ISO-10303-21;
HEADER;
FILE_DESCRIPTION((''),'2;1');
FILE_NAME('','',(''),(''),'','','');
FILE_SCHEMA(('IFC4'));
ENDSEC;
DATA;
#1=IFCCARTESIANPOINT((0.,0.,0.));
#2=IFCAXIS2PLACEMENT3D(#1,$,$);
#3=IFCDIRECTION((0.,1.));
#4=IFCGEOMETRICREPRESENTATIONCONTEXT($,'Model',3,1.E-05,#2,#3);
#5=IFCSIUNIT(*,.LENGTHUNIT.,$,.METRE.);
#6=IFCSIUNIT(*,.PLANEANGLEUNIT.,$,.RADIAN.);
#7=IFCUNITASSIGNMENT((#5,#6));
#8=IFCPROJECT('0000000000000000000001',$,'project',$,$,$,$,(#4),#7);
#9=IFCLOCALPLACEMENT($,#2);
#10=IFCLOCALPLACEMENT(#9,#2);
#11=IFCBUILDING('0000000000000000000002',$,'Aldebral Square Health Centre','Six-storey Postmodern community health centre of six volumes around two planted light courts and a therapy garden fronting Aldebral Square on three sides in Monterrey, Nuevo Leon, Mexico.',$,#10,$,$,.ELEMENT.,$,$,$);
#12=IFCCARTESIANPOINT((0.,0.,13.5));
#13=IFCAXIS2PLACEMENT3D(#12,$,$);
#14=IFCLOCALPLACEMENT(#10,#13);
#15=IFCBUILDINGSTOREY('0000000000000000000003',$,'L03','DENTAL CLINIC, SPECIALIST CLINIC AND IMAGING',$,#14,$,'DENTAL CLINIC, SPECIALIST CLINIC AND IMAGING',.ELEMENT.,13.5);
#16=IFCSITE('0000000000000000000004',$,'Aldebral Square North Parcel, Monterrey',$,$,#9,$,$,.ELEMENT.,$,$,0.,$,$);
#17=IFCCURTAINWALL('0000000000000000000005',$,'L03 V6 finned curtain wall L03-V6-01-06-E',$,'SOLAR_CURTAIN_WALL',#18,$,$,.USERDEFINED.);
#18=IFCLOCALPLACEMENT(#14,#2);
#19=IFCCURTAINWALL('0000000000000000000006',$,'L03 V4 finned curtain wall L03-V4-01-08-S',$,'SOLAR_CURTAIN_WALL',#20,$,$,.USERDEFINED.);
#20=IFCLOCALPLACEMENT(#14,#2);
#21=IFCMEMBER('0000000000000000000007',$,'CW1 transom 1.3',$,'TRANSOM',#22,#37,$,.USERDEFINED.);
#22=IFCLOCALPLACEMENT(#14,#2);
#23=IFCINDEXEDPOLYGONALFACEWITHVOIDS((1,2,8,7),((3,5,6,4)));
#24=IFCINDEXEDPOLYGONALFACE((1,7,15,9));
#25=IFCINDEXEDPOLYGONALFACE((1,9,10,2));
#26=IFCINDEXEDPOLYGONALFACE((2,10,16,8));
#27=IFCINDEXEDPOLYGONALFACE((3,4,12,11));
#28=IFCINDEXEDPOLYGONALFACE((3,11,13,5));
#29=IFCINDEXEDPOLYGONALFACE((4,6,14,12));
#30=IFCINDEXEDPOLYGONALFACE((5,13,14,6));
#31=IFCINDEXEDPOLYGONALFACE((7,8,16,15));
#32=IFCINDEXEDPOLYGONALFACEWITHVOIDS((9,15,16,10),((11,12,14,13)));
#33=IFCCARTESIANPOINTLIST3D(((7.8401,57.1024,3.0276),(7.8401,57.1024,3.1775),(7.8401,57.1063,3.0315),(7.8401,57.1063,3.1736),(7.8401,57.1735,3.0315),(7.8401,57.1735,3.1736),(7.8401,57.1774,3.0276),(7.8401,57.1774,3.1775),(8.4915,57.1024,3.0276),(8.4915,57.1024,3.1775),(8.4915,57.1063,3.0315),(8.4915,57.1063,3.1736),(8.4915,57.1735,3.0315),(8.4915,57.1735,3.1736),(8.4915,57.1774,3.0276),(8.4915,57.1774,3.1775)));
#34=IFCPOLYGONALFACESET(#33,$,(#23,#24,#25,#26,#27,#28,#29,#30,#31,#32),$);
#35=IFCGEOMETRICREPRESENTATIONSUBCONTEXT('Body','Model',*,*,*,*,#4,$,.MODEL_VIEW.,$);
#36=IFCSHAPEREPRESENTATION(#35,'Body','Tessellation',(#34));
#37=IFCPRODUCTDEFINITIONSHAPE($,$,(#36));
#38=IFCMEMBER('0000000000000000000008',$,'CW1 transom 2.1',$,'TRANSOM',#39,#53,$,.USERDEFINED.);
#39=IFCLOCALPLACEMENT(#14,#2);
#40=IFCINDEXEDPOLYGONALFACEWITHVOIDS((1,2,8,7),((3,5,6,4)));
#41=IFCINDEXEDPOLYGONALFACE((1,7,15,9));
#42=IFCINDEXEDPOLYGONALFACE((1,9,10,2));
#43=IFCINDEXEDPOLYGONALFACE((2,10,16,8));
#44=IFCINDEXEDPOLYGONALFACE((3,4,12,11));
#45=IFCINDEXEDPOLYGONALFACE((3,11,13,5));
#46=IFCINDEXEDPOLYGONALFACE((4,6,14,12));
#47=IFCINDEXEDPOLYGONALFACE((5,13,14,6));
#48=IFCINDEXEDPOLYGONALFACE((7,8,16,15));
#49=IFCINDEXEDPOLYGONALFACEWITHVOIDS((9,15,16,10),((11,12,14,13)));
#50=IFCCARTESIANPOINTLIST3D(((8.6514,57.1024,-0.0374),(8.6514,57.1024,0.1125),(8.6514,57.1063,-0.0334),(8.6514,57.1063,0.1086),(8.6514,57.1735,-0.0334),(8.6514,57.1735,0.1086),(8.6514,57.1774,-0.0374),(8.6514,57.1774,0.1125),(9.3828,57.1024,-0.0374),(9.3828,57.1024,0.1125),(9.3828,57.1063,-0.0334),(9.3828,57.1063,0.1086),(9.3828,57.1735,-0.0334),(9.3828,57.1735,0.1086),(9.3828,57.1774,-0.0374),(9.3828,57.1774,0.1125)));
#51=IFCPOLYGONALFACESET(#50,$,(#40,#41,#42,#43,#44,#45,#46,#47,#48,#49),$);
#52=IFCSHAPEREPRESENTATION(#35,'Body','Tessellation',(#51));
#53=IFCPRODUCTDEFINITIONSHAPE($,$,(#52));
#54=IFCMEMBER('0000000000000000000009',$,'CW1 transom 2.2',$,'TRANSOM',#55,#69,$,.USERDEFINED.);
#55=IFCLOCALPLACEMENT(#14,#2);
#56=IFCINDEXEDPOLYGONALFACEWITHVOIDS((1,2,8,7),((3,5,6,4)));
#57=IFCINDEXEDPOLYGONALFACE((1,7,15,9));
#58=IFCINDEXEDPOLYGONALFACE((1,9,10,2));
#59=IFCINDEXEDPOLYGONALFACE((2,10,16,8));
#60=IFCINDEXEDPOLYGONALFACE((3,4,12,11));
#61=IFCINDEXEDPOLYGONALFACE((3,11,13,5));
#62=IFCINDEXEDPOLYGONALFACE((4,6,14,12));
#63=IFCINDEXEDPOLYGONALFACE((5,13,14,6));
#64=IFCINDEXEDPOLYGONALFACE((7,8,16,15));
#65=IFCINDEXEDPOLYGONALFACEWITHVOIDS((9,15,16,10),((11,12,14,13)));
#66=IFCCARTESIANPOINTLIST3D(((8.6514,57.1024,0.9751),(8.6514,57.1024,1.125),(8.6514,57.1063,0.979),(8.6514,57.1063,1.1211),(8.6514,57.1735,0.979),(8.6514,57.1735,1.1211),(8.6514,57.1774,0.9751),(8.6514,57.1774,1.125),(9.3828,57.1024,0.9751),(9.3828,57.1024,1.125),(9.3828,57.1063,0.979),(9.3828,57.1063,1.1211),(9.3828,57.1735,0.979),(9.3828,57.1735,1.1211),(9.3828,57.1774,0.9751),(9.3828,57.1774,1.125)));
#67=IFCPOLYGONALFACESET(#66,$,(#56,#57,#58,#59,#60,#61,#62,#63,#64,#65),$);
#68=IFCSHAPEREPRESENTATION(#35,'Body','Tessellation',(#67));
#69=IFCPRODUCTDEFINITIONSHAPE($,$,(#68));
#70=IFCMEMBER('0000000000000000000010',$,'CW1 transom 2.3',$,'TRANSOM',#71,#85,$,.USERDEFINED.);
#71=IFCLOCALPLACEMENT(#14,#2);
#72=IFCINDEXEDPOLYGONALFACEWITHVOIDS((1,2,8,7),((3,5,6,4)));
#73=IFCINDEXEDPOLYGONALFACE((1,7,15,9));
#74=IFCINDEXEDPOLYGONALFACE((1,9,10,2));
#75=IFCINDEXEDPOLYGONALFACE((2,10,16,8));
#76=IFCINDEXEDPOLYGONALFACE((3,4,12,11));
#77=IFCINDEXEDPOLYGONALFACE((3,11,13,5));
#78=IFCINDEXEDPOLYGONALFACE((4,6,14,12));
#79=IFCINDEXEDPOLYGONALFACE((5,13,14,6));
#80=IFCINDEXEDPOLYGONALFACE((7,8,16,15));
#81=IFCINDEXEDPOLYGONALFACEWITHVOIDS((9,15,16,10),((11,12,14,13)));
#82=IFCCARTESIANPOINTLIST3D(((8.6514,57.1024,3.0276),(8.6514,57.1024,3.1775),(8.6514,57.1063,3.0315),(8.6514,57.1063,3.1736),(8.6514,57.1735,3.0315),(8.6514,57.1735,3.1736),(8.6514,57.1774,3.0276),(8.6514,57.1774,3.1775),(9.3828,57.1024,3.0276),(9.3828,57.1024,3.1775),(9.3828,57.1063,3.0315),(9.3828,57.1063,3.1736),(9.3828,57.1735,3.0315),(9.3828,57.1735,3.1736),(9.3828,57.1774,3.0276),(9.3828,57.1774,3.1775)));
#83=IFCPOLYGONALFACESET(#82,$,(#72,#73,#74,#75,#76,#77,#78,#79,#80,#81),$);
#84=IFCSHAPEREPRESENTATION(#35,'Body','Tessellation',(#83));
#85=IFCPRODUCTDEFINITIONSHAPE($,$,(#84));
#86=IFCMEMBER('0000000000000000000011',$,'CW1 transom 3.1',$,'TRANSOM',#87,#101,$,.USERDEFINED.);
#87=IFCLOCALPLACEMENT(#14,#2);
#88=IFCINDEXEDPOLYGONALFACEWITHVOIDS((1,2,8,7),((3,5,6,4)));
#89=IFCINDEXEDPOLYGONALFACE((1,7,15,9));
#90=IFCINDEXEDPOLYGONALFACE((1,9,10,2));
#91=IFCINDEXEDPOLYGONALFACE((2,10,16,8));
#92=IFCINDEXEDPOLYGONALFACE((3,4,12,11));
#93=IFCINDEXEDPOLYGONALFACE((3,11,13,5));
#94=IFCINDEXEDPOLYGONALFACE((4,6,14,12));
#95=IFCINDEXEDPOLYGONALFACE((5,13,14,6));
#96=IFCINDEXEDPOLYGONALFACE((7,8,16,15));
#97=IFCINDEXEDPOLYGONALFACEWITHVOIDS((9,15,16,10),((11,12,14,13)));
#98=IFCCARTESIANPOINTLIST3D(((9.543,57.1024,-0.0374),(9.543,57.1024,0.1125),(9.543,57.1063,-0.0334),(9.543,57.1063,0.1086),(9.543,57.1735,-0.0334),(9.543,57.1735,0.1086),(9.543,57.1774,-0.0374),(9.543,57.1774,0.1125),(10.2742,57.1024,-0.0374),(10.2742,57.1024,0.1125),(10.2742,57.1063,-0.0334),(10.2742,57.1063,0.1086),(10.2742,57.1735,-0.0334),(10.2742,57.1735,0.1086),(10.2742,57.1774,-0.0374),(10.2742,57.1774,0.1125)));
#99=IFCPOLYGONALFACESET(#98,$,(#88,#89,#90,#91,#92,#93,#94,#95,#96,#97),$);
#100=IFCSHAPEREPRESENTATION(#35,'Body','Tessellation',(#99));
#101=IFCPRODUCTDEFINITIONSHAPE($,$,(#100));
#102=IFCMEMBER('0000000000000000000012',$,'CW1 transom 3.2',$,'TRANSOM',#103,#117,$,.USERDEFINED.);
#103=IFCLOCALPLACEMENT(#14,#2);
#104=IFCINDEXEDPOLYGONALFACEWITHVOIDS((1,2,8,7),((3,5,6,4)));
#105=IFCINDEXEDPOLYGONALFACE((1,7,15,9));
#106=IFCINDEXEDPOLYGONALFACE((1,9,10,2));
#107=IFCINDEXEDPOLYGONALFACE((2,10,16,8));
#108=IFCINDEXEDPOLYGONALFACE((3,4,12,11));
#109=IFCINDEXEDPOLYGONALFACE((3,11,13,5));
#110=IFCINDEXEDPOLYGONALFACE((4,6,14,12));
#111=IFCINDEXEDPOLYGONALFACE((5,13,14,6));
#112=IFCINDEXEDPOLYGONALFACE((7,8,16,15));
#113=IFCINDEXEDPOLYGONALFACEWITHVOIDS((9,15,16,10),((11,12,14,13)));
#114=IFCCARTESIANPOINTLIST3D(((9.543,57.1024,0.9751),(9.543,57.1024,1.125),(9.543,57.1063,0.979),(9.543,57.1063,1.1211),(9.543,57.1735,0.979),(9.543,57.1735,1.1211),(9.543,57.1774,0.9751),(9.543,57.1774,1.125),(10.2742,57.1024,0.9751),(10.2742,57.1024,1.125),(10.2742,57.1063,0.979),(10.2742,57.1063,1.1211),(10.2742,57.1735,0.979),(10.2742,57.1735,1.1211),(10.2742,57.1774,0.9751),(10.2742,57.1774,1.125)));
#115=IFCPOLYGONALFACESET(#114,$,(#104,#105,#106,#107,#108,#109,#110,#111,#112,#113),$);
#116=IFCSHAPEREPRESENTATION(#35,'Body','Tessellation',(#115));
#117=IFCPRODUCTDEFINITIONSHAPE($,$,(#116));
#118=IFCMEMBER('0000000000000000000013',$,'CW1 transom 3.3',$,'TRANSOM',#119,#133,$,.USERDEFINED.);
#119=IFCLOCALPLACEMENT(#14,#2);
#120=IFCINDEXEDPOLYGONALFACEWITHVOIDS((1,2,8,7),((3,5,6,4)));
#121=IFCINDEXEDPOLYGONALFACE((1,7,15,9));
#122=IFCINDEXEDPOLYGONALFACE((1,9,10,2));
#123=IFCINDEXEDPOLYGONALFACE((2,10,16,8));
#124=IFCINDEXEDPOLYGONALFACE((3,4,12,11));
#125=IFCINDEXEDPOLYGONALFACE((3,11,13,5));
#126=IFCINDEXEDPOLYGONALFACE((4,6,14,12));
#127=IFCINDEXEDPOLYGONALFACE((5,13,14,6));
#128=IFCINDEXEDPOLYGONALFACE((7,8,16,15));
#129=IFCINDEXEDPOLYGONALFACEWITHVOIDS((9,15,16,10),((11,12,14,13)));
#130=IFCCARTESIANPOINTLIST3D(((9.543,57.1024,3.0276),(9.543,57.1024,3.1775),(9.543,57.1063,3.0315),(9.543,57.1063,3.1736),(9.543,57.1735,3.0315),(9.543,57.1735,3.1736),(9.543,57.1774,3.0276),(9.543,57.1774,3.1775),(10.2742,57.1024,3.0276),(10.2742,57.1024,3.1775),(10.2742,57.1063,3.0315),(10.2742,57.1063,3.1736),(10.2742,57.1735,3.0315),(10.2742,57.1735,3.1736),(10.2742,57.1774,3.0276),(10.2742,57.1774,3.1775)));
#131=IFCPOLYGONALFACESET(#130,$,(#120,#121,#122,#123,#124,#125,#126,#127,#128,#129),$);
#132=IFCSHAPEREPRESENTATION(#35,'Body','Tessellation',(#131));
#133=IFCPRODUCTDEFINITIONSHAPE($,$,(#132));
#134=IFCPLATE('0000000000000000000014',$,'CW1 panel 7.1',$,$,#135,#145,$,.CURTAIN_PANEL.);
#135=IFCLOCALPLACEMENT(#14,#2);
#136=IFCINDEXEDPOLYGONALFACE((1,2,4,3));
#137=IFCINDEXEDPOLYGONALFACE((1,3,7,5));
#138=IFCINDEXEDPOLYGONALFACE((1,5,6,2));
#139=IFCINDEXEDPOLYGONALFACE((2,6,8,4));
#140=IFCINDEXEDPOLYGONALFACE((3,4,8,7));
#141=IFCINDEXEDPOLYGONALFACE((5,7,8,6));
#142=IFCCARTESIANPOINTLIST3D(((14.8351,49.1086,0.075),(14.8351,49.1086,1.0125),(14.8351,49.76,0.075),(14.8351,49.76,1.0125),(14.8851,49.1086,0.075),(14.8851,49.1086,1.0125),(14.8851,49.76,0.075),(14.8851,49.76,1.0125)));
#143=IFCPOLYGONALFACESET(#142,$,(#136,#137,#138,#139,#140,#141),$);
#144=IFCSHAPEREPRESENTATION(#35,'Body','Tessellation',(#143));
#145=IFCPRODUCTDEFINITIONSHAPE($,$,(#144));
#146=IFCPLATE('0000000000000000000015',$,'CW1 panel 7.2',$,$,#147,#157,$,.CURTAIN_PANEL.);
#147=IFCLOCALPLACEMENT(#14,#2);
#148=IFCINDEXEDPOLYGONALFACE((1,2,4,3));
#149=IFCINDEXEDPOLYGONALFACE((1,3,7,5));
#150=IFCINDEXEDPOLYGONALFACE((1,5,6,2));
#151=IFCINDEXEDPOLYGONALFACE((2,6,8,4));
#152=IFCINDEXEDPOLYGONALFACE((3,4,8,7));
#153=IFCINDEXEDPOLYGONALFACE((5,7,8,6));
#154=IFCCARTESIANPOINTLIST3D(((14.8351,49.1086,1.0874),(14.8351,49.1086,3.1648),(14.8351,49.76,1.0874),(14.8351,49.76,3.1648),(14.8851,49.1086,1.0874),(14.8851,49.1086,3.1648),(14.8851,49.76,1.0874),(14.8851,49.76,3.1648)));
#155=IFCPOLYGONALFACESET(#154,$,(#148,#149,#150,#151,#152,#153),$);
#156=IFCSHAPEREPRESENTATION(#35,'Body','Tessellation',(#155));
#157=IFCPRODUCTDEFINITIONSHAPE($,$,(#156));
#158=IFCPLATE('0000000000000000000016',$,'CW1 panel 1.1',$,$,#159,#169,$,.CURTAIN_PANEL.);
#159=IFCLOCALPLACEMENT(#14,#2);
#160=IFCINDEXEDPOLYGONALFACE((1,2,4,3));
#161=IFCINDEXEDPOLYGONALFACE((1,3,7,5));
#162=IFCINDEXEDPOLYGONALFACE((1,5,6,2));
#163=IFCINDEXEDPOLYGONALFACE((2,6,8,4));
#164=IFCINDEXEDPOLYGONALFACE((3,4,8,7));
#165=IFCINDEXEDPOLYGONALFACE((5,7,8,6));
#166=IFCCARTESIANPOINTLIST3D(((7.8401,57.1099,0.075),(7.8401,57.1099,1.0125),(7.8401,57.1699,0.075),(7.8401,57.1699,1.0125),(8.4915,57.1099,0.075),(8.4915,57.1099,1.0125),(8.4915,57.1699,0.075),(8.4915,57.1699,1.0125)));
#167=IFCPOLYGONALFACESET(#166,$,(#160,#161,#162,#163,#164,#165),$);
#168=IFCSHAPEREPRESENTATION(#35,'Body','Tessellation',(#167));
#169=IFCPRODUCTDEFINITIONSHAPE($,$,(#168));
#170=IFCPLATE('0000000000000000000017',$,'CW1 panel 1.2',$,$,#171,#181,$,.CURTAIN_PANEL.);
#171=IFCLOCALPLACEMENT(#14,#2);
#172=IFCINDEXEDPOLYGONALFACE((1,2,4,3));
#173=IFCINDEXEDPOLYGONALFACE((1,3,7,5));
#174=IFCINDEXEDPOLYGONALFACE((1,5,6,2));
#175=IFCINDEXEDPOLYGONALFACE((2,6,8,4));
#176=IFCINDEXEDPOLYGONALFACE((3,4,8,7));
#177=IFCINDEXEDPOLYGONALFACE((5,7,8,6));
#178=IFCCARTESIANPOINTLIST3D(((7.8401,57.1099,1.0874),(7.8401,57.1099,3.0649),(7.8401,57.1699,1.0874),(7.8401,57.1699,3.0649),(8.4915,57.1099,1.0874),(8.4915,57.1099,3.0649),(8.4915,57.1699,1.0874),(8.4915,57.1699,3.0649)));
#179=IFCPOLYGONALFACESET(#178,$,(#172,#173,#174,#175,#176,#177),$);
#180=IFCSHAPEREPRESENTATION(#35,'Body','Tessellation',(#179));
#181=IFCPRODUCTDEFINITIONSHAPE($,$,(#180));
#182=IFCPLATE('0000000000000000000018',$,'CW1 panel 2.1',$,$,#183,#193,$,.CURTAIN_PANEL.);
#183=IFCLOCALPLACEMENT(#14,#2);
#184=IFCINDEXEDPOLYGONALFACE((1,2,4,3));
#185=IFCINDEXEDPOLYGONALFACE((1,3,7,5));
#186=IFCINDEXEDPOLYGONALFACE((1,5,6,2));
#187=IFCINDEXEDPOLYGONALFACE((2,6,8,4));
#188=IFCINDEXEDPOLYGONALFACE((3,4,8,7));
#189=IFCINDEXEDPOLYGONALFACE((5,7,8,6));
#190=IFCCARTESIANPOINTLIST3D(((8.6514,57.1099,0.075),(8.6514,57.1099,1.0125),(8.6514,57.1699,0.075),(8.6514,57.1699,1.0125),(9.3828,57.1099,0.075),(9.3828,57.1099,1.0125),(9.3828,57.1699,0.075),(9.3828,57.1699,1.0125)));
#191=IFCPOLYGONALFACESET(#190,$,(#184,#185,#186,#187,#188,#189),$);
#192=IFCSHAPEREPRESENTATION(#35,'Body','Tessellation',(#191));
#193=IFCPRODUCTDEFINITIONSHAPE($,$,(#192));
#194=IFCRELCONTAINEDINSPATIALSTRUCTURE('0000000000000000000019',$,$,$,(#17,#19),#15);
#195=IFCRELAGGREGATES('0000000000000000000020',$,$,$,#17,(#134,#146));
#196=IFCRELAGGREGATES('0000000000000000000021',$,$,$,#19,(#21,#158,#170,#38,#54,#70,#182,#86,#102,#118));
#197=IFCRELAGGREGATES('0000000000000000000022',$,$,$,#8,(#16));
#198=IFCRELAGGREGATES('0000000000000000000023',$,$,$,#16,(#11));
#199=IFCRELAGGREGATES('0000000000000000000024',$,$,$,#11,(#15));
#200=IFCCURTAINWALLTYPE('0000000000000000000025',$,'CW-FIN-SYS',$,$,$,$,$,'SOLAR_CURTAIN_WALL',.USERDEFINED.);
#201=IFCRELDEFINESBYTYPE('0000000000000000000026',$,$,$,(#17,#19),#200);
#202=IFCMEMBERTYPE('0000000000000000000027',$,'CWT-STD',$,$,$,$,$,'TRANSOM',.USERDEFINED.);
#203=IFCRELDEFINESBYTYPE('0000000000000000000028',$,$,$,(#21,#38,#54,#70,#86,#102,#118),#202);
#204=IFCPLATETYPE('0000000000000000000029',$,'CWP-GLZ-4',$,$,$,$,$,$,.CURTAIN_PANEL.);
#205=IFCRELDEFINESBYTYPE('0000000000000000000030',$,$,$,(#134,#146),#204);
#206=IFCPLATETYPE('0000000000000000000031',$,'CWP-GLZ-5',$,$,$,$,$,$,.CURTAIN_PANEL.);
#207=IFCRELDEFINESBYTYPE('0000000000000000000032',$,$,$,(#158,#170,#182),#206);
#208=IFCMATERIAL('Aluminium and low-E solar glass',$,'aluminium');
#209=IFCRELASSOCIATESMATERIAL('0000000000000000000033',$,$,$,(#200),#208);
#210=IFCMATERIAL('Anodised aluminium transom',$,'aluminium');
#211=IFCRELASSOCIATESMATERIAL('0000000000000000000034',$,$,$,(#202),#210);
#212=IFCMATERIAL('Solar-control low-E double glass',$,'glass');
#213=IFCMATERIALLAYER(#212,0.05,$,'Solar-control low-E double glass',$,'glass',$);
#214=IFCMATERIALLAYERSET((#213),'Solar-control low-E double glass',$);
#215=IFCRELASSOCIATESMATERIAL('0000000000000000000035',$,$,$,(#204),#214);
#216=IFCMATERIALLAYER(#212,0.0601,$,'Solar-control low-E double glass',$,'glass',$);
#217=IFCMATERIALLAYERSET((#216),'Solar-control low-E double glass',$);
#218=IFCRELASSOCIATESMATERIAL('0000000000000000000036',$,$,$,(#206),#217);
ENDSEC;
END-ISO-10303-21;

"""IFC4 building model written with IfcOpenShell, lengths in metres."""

from ifc_helpers import new_model, si_unit, direction, frame, origin, origin_2d, place, context, subcontext, project, spatial, rectangle, hollow_rectangle, extrude, material, layer, layer_set, material_profile, profile_set, type_object, element, aggregate, save


model = new_model("IFC4")

# Units and contexts
model_context = context("Model", 3, precision=1e-05, world=origin(), true_north=direction((0.0, 1.0)))
body_context = subcontext(model_context, "Body", "Model", "MODEL_VIEW")
ifc_project = project(units=[si_unit("LENGTHUNIT", "METRE"), si_unit("PLANEANGLEUNIT", "RADIAN")], contexts=[model_context])

# Site, building, storey
site_placement = place(None, origin())
site = spatial("IfcSite", under=ifc_project, at=site_placement, Name="Aldebral Square North Parcel, Monterrey", CompositionType="ELEMENT", RefElevation=0.0)
building_placement = place(site_placement, origin())
building = spatial("IfcBuilding", under=site, at=building_placement, Name="Aldebral Square Health Centre", Description="Six-storey Postmodern community health centre of six volumes around two planted light courts and a therapy garden fronting Aldebral Square on three sides in Monterrey, Nuevo Leon, Mexico.", CompositionType="ELEMENT")
storey_placement = place(building_placement, frame((0.0, 0.0, 13.5)))
storey = spatial("IfcBuildingStorey", under=building, at=storey_placement, Name="L03", Description="DENTAL CLINIC, SPECIALIST CLINIC AND IMAGING", LongName="DENTAL CLINIC, SPECIALIST CLINIC AND IMAGING", CompositionType="ELEMENT", Elevation=13.5)

# Curtain wall
ifc_material_1 = material(Name="Aluminium and low-E solar glass", Category="aluminium")
curtain_wall_type = type_object("IfcCurtainWallType", Name="CW-FIN-SYS", ElementType="SOLAR_CURTAIN_WALL", PredefinedType="USERDEFINED", material=ifc_material_1)
curtain_wall_1_placement = place(storey_placement, origin())
curtain_wall_1 = element("IfcCurtainWall", 1, at=curtain_wall_1_placement, inside=storey, type_object=curtain_wall_type, Name="L03 V6 finned curtain wall L03-V6-01-06-E", ObjectType="SOLAR_CURTAIN_WALL", PredefinedType="USERDEFINED")

# Curtain wall
curtain_wall_2_placement = place(storey_placement, origin())
curtain_wall_2 = element("IfcCurtainWall", 2, at=curtain_wall_2_placement, inside=storey, type_object=curtain_wall_type, Name="L03 V4 finned curtain wall L03-V4-01-08-S", ObjectType="SOLAR_CURTAIN_WALL", PredefinedType="USERDEFINED")

# Members
ifc_material_2 = material(Name="Anodised aluminium transom", Category="aluminium")
ifc_material_profile_1 = material_profile(ifc_material_2, hollow_rectangle(XDim=0.075, YDim=0.1499, WallThickness=0.0039, at=origin_2d()), Name="CWT 75x150x4")
ifc_profile_set_1 = profile_set([ifc_material_profile_1], Name="Anodised aluminium transom")
member_type_1 = type_object("IfcMemberType", Name="CWT-STD", ElementType="TRANSOM", PredefinedType="USERDEFINED", material=ifc_profile_set_1)
member_1_placement = place(storey_placement, frame((7.8401, 57.1399, 3.1025), z_axis=(1.0, 0.0, 0.0), x_axis=(0.0, 1.0, 0.0)))
member_1 = element("IfcMember", 3, at=member_1_placement, type_object=member_type_1, Name="CW1 transom 1.3", ObjectType="TRANSOM", PredefinedType="USERDEFINED", context=body_context, shape_type="SweptSolid", body=[
    extrude(hollow_rectangle(XDim=0.075, YDim=0.1499, WallThickness=0.0039, at=origin_2d()), origin(), (0.0, 0.0, 1.0), 0.6514),
])
member_2_placement = place(storey_placement, frame((8.6514, 57.1399, 0.0376), z_axis=(1.0, 0.0, 0.0), x_axis=(0.0, 1.0, 0.0)))
member_2 = element("IfcMember", 4, at=member_2_placement, type_object=member_type_1, Name="CW1 transom 2.1", ObjectType="TRANSOM", PredefinedType="USERDEFINED", context=body_context, shape_type="SweptSolid", body=[
    extrude(hollow_rectangle(XDim=0.075, YDim=0.1499, WallThickness=0.0039, at=origin_2d()), origin(), (0.0, 0.0, 1.0), 0.7314),
])
member_3_placement = place(storey_placement, frame((8.6514, 57.1399, 1.05), z_axis=(1.0, 0.0, 0.0), x_axis=(0.0, 1.0, 0.0)))
member_3 = element("IfcMember", 5, at=member_3_placement, type_object=member_type_1, Name="CW1 transom 2.2", ObjectType="TRANSOM", PredefinedType="USERDEFINED", context=body_context, shape_type="SweptSolid", body=[
    extrude(hollow_rectangle(XDim=0.075, YDim=0.1499, WallThickness=0.0039, at=origin_2d()), origin(), (0.0, 0.0, 1.0), 0.7314),
])
member_4_placement = place(storey_placement, frame((8.6514, 57.1399, 3.1025), z_axis=(1.0, 0.0, 0.0), x_axis=(0.0, 1.0, 0.0)))
member_4 = element("IfcMember", 6, at=member_4_placement, type_object=member_type_1, Name="CW1 transom 2.3", ObjectType="TRANSOM", PredefinedType="USERDEFINED", context=body_context, shape_type="SweptSolid", body=[
    extrude(hollow_rectangle(XDim=0.075, YDim=0.1499, WallThickness=0.0039, at=origin_2d()), origin(), (0.0, 0.0, 1.0), 0.7314),
])
member_5_placement = place(storey_placement, frame((9.543, 57.1399, 0.0376), z_axis=(1.0, 0.0, 0.0), x_axis=(0.0, 1.0, 0.0)))
member_5 = element("IfcMember", 7, at=member_5_placement, type_object=member_type_1, Name="CW1 transom 3.1", ObjectType="TRANSOM", PredefinedType="USERDEFINED", context=body_context, shape_type="SweptSolid", body=[
    extrude(hollow_rectangle(XDim=0.075, YDim=0.1499, WallThickness=0.0039, at=origin_2d()), origin(), (0.0, 0.0, 1.0), 0.7312),
])
member_6_placement = place(storey_placement, frame((9.543, 57.1399, 1.05), z_axis=(1.0, 0.0, 0.0), x_axis=(0.0, 1.0, 0.0)))
member_6 = element("IfcMember", 8, at=member_6_placement, type_object=member_type_1, Name="CW1 transom 3.2", ObjectType="TRANSOM", PredefinedType="USERDEFINED", context=body_context, shape_type="SweptSolid", body=[
    extrude(hollow_rectangle(XDim=0.075, YDim=0.1499, WallThickness=0.0039, at=origin_2d()), origin(), (0.0, 0.0, 1.0), 0.7312),
])
member_7_placement = place(storey_placement, frame((9.543, 57.1399, 3.1025), z_axis=(1.0, 0.0, 0.0), x_axis=(0.0, 1.0, 0.0)))
member_7 = element("IfcMember", 9, at=member_7_placement, type_object=member_type_1, Name="CW1 transom 3.3", ObjectType="TRANSOM", PredefinedType="USERDEFINED", context=body_context, shape_type="SweptSolid", body=[
    extrude(hollow_rectangle(XDim=0.075, YDim=0.1499, WallThickness=0.0039, at=origin_2d()), origin(), (0.0, 0.0, 1.0), 0.7312),
])

# Plates
ifc_material_3 = material(Name="Solar-control low-E double glass", Category="glass")
ifc_layer_1 = layer(ifc_material_3, 0.05, Name="Solar-control low-E double glass", Category="glass")
ifc_layer_set_1 = layer_set([ifc_layer_1], Name="Solar-control low-E double glass")
plate_type_1 = type_object("IfcPlateType", Name="CWP-GLZ-4", PredefinedType="CURTAIN_PANEL", material=ifc_layer_set_1)
plate_1_placement = place(storey_placement, frame((14.8601, 49.4343, 0.075), z_axis=(0.0, 0.0, 1.0), x_axis=(0.0, 1.0, 0.0)))
plate_1 = element("IfcPlate", 10, at=plate_1_placement, type_object=plate_type_1, Name="CW1 panel 7.1", PredefinedType="CURTAIN_PANEL", context=body_context, shape_type="SweptSolid", body=[
    extrude(rectangle(XDim=0.6514, YDim=0.05, at=origin_2d()), origin(), (0.0, 0.0, 1.0), 0.9375),
])
plate_2_placement = place(storey_placement, frame((14.8601, 49.4343, 1.0874), z_axis=(0.0, 0.0, 1.0), x_axis=(0.0, 1.0, 0.0)))
plate_2 = element("IfcPlate", 11, at=plate_2_placement, type_object=plate_type_1, Name="CW1 panel 7.2", PredefinedType="CURTAIN_PANEL", context=body_context, shape_type="SweptSolid", body=[
    extrude(rectangle(XDim=0.6514, YDim=0.05, at=origin_2d()), origin(), (0.0, 0.0, 1.0), 2.0774),
])
aggregate(curtain_wall_1, [plate_1, plate_2])
ifc_layer_2 = layer(ifc_material_3, 0.0601, Name="Solar-control low-E double glass", Category="glass")
ifc_layer_set_2 = layer_set([ifc_layer_2], Name="Solar-control low-E double glass")
plate_type_2 = type_object("IfcPlateType", Name="CWP-GLZ-5", PredefinedType="CURTAIN_PANEL", material=ifc_layer_set_2)
plate_3_placement = place(storey_placement, frame((8.1658, 57.1399, 0.075), z_axis=(0.0, 0.0, 1.0), x_axis=(1.0, 0.0, 0.0)))
plate_3 = element("IfcPlate", 12, at=plate_3_placement, type_object=plate_type_2, Name="CW1 panel 1.1", PredefinedType="CURTAIN_PANEL", context=body_context, shape_type="SweptSolid", body=[
    extrude(rectangle(XDim=0.6514, YDim=0.0601, at=origin_2d()), origin(), (0.0, 0.0, 1.0), 0.9375),
])
plate_4_placement = place(storey_placement, frame((8.1658, 57.1399, 1.0874), z_axis=(0.0, 0.0, 1.0), x_axis=(1.0, 0.0, 0.0)))
plate_4 = element("IfcPlate", 13, at=plate_4_placement, type_object=plate_type_2, Name="CW1 panel 1.2", PredefinedType="CURTAIN_PANEL", context=body_context, shape_type="SweptSolid", body=[
    extrude(rectangle(XDim=0.6514, YDim=0.0601, at=origin_2d()), origin(), (0.0, 0.0, 1.0), 1.9775),
])
plate_5_placement = place(storey_placement, frame((9.0171, 57.1399, 0.075), z_axis=(0.0, 0.0, 1.0), x_axis=(1.0, 0.0, 0.0)))
plate_5 = element("IfcPlate", 14, at=plate_5_placement, type_object=plate_type_2, Name="CW1 panel 2.1", PredefinedType="CURTAIN_PANEL", context=body_context, shape_type="SweptSolid", body=[
    extrude(rectangle(XDim=0.7314, YDim=0.0601, at=origin_2d()), origin(), (0.0, 0.0, 1.0), 0.9375),
])
aggregate(curtain_wall_2, [member_1, plate_3, plate_4, member_2, member_3, member_4, plate_5, member_5, member_6, member_7])

save(model, "model.ifc")
